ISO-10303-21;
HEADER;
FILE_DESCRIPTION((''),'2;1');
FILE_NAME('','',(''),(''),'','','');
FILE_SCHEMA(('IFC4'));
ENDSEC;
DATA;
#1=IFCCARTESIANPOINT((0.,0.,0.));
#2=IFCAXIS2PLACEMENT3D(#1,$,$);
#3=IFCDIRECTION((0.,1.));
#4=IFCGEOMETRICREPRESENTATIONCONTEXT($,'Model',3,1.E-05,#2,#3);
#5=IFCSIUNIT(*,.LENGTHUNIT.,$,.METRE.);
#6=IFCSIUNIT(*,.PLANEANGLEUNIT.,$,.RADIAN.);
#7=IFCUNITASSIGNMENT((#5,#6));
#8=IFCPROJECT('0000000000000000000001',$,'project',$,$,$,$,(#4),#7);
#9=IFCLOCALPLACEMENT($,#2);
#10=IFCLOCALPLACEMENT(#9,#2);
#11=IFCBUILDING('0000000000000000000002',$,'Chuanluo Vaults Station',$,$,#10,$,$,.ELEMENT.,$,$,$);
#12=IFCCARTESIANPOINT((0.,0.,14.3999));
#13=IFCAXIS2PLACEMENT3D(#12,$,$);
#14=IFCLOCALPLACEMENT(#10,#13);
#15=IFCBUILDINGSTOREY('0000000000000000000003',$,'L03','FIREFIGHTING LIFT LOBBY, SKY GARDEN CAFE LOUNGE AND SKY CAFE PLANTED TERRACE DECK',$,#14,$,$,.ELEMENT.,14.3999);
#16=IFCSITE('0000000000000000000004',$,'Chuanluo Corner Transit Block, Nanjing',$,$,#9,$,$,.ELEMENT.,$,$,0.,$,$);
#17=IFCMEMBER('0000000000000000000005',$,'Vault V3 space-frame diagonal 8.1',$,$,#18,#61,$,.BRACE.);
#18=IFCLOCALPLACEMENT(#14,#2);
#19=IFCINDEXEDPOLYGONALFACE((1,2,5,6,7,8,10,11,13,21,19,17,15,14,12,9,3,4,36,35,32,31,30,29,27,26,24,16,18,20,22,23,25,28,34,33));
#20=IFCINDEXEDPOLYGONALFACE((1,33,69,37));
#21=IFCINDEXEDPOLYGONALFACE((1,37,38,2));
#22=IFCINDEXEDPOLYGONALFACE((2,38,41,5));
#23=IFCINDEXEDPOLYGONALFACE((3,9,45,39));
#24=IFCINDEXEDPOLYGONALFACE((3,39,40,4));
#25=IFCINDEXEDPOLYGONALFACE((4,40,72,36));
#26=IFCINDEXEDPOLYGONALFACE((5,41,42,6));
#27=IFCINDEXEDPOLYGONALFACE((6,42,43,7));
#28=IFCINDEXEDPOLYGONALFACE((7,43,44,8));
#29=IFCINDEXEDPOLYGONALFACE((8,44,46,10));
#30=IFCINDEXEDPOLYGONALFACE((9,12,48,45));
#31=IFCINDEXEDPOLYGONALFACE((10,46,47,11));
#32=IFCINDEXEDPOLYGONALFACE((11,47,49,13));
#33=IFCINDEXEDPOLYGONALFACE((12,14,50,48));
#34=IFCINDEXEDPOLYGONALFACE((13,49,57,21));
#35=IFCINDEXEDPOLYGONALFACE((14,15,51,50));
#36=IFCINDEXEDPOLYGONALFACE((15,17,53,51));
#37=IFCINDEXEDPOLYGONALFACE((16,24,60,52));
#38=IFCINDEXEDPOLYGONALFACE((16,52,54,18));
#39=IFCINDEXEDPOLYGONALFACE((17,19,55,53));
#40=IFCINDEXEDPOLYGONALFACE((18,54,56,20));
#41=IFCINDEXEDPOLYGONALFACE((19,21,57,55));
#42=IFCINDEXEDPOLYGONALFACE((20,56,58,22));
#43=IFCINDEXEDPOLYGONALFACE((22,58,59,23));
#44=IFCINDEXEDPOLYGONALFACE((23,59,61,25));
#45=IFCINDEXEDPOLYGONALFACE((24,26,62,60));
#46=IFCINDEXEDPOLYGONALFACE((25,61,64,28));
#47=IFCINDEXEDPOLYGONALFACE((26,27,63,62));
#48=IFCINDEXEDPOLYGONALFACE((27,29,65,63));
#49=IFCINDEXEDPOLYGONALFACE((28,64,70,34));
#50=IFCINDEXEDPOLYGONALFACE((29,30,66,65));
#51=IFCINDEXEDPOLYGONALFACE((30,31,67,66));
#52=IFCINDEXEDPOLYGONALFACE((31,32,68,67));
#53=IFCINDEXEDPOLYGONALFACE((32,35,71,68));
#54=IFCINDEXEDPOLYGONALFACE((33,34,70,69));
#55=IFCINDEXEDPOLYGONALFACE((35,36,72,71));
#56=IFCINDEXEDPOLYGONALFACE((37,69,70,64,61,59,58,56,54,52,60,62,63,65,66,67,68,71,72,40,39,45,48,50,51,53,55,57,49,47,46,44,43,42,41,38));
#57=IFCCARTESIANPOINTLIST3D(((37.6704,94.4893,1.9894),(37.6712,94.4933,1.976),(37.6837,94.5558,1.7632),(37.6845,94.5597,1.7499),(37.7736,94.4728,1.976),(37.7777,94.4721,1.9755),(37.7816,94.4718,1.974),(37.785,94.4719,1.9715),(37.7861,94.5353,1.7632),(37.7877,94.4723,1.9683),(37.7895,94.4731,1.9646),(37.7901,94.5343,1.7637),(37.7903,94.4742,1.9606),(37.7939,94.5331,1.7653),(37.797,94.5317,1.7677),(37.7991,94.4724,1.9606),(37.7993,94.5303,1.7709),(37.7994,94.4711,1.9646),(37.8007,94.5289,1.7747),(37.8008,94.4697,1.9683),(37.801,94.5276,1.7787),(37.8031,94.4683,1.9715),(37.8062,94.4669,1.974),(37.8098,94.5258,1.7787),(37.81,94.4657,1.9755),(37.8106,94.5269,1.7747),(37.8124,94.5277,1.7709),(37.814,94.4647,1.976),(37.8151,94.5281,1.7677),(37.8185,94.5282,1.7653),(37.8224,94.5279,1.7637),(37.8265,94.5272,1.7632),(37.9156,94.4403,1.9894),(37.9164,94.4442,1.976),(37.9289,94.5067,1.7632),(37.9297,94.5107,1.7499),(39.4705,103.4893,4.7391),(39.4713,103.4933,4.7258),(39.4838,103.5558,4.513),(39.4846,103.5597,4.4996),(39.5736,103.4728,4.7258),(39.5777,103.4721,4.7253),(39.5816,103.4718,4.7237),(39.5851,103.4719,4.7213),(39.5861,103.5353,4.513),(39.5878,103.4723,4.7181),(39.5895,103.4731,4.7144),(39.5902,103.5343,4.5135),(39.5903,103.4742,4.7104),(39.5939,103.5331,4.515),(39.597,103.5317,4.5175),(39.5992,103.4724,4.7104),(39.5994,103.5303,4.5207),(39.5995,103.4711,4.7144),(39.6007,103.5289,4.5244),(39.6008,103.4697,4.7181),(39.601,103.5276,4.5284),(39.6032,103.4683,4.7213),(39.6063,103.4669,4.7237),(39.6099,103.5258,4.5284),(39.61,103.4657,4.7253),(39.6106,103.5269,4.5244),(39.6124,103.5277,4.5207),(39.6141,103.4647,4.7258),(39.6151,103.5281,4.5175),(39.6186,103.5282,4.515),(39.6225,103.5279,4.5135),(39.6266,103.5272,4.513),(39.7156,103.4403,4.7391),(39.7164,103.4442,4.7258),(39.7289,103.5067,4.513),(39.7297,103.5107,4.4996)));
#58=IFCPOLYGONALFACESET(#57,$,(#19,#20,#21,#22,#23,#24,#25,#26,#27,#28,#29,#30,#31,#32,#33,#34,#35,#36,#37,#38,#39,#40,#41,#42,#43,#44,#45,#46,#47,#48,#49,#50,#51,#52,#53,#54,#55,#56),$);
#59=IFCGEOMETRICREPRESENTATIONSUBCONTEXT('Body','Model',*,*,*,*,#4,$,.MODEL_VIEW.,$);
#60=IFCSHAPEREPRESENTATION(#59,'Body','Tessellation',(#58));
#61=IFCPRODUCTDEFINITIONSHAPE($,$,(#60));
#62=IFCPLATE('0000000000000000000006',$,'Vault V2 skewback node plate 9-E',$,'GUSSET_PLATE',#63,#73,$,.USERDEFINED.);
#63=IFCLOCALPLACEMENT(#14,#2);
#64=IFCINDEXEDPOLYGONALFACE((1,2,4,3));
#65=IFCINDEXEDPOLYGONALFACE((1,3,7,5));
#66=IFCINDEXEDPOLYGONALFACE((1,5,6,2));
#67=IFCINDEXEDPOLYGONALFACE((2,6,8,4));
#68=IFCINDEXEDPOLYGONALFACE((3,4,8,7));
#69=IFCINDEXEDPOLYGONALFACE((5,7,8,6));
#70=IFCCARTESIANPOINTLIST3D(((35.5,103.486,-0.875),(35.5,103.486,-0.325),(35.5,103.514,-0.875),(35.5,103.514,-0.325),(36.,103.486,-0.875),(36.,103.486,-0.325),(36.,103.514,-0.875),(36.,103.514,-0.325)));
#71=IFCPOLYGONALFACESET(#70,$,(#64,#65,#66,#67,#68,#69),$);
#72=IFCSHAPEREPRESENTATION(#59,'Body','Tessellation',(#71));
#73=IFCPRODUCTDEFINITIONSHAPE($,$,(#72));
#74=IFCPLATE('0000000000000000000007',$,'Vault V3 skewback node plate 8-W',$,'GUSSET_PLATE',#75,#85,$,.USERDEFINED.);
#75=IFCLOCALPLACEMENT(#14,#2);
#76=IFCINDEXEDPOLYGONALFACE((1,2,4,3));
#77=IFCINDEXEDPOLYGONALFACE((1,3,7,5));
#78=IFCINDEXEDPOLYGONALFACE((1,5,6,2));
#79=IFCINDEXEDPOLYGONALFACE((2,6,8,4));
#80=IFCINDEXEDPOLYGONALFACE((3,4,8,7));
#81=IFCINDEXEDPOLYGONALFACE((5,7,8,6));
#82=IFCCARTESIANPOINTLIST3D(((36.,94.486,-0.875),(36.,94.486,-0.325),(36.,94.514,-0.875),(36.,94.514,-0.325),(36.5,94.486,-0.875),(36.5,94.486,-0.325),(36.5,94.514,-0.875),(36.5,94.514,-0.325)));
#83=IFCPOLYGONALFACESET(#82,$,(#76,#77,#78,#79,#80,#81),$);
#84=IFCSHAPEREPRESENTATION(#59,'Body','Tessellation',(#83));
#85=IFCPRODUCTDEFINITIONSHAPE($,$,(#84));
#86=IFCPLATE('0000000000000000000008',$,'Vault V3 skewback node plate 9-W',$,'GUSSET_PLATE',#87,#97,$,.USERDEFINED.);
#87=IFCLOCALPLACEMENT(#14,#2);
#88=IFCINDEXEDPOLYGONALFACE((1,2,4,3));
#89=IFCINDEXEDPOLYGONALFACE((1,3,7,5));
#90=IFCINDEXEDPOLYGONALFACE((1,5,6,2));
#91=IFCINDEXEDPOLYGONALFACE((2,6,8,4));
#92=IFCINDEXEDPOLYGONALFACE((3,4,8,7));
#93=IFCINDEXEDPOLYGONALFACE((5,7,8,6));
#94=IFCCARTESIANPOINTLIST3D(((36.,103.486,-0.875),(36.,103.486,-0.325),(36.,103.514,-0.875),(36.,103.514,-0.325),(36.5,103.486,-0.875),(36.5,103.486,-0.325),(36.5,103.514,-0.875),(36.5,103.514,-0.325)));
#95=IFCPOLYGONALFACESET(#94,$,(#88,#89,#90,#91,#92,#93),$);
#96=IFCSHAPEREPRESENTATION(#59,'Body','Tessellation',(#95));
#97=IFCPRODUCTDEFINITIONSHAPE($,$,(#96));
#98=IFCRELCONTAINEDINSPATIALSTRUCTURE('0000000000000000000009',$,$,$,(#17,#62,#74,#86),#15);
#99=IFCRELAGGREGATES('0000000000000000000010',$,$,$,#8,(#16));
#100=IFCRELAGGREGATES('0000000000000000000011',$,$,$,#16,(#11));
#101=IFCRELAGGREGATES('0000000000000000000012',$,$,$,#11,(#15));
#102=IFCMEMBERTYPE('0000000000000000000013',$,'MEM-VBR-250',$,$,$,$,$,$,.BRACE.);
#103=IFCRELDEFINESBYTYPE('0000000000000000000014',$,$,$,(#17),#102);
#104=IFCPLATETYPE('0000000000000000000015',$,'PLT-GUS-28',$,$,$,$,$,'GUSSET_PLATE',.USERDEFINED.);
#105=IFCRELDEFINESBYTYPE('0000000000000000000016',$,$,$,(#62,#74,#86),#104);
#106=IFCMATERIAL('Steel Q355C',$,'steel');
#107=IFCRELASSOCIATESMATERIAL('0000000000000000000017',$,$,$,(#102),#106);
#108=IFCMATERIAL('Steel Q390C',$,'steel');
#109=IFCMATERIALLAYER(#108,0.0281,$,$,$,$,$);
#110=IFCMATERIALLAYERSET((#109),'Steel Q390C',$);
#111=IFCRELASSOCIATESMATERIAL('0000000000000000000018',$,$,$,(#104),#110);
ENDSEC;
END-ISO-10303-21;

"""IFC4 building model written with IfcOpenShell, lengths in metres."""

from ifc_helpers import new_model, si_unit, direction, frame, origin, origin_2d, place, context, subcontext, project, spatial, rectangle, i_section, extrude, material, layer, layer_set, material_profile, profile_set, type_object, element, save


model = new_model("IFC4")

# Units and contexts
model_context = context("Model", 3, precision=1e-05, world=origin(), true_north=direction((0.0, 1.0)))
body_context = subcontext(model_context, "Body", "Model", "MODEL_VIEW")
ifc_project = project(units=[si_unit("LENGTHUNIT", "METRE"), si_unit("PLANEANGLEUNIT", "RADIAN")], contexts=[model_context])

# Site, building, storey
site_placement = place(None, origin())
site = spatial("IfcSite", under=ifc_project, at=site_placement, Name="Chuanluo Corner Transit Block, Nanjing", CompositionType="ELEMENT", RefElevation=0.0)
building_placement = place(site_placement, origin())
building = spatial("IfcBuilding", under=site, at=building_placement, Name="Chuanluo Vaults Station", CompositionType="ELEMENT")
storey_placement = place(building_placement, frame((0.0, 0.0, 14.3999)))
storey = spatial("IfcBuildingStorey", under=building, at=storey_placement, Name="L03", Description="FIREFIGHTING LIFT LOBBY, SKY GARDEN CAFE LOUNGE AND SKY CAFE PLANTED TERRACE DECK", CompositionType="ELEMENT", Elevation=14.3999)

# Member
ifc_material_1 = material(Name="Steel Q355C", Category="steel")
ifc_material_profile_1 = material_profile(ifc_material_1, i_section(OverallWidth=0.25, OverallDepth=0.25, WebThickness=0.009, FlangeThickness=0.0139, FilletRadius=0.0161, at=origin_2d()))
ifc_profile_set_1 = profile_set([ifc_material_profile_1], Name="Steel Q355C")
member_type_1 = type_object("IfcMemberType", Name="MEM-VBR-250", PredefinedType="BRACE", material=ifc_profile_set_1)
member_placement = place(storey_placement, frame((37.8, 94.5, 1.8696), z_axis=(0.187871, 0.93933, 0.286992), x_axis=(-0.98058, 0.196121, 0.0)))
element("IfcMember", 1, at=member_placement, inside=storey, type_object=member_type_1, Name="Vault V3 space-frame diagonal 8.1", PredefinedType="BRACE", context=body_context, shape_type="SweptSolid", body=[
    extrude(i_section(OverallWidth=0.25, OverallDepth=0.25, WebThickness=0.009, FlangeThickness=0.0139, FilletRadius=0.0161, at=origin_2d()), origin(), (0.0, 0.0, 1.0), 9.5813),
])

# Plates
ifc_material_2 = material(Name="Steel Q390C", Category="steel")
ifc_layer = layer(ifc_material_2, 0.0281)
ifc_layer_set = layer_set([ifc_layer], Name="Steel Q390C")
plate_type = type_object("IfcPlateType", Name="PLT-GUS-28", ElementType="GUSSET_PLATE", PredefinedType="USERDEFINED", material=ifc_layer_set)
for number, where, z_axis, x_axis, name in (
    (2, (35.75, 103.5, -0.875), (0.0, 0.0, 1.0), (1.0, 0.0, 0.0), "Vault V2 skewback node plate 9-E"),
    (3, (36.25, 94.5, -0.875), (0.0, 0.0, 1.0), (1.0, 0.0, 0.0), "Vault V3 skewback node plate 8-W"),
    (4, (36.25, 103.5, -0.875), (0.0, 0.0, 1.0), (1.0, 0.0, 0.0), "Vault V3 skewback node plate 9-W"),
):
    element("IfcPlate", number, at=place(storey_placement, frame(where, z_axis=z_axis, x_axis=x_axis)), inside=storey, type_object=plate_type, Name=name, ObjectType="GUSSET_PLATE", PredefinedType="USERDEFINED", context=body_context, shape_type="SweptSolid", body=[
        extrude(rectangle(XDim=0.5, YDim=0.0281, at=origin_2d()), origin(), (0.0, 0.0, 1.0), 0.55),
    ])

save(model, "model.ifc")
